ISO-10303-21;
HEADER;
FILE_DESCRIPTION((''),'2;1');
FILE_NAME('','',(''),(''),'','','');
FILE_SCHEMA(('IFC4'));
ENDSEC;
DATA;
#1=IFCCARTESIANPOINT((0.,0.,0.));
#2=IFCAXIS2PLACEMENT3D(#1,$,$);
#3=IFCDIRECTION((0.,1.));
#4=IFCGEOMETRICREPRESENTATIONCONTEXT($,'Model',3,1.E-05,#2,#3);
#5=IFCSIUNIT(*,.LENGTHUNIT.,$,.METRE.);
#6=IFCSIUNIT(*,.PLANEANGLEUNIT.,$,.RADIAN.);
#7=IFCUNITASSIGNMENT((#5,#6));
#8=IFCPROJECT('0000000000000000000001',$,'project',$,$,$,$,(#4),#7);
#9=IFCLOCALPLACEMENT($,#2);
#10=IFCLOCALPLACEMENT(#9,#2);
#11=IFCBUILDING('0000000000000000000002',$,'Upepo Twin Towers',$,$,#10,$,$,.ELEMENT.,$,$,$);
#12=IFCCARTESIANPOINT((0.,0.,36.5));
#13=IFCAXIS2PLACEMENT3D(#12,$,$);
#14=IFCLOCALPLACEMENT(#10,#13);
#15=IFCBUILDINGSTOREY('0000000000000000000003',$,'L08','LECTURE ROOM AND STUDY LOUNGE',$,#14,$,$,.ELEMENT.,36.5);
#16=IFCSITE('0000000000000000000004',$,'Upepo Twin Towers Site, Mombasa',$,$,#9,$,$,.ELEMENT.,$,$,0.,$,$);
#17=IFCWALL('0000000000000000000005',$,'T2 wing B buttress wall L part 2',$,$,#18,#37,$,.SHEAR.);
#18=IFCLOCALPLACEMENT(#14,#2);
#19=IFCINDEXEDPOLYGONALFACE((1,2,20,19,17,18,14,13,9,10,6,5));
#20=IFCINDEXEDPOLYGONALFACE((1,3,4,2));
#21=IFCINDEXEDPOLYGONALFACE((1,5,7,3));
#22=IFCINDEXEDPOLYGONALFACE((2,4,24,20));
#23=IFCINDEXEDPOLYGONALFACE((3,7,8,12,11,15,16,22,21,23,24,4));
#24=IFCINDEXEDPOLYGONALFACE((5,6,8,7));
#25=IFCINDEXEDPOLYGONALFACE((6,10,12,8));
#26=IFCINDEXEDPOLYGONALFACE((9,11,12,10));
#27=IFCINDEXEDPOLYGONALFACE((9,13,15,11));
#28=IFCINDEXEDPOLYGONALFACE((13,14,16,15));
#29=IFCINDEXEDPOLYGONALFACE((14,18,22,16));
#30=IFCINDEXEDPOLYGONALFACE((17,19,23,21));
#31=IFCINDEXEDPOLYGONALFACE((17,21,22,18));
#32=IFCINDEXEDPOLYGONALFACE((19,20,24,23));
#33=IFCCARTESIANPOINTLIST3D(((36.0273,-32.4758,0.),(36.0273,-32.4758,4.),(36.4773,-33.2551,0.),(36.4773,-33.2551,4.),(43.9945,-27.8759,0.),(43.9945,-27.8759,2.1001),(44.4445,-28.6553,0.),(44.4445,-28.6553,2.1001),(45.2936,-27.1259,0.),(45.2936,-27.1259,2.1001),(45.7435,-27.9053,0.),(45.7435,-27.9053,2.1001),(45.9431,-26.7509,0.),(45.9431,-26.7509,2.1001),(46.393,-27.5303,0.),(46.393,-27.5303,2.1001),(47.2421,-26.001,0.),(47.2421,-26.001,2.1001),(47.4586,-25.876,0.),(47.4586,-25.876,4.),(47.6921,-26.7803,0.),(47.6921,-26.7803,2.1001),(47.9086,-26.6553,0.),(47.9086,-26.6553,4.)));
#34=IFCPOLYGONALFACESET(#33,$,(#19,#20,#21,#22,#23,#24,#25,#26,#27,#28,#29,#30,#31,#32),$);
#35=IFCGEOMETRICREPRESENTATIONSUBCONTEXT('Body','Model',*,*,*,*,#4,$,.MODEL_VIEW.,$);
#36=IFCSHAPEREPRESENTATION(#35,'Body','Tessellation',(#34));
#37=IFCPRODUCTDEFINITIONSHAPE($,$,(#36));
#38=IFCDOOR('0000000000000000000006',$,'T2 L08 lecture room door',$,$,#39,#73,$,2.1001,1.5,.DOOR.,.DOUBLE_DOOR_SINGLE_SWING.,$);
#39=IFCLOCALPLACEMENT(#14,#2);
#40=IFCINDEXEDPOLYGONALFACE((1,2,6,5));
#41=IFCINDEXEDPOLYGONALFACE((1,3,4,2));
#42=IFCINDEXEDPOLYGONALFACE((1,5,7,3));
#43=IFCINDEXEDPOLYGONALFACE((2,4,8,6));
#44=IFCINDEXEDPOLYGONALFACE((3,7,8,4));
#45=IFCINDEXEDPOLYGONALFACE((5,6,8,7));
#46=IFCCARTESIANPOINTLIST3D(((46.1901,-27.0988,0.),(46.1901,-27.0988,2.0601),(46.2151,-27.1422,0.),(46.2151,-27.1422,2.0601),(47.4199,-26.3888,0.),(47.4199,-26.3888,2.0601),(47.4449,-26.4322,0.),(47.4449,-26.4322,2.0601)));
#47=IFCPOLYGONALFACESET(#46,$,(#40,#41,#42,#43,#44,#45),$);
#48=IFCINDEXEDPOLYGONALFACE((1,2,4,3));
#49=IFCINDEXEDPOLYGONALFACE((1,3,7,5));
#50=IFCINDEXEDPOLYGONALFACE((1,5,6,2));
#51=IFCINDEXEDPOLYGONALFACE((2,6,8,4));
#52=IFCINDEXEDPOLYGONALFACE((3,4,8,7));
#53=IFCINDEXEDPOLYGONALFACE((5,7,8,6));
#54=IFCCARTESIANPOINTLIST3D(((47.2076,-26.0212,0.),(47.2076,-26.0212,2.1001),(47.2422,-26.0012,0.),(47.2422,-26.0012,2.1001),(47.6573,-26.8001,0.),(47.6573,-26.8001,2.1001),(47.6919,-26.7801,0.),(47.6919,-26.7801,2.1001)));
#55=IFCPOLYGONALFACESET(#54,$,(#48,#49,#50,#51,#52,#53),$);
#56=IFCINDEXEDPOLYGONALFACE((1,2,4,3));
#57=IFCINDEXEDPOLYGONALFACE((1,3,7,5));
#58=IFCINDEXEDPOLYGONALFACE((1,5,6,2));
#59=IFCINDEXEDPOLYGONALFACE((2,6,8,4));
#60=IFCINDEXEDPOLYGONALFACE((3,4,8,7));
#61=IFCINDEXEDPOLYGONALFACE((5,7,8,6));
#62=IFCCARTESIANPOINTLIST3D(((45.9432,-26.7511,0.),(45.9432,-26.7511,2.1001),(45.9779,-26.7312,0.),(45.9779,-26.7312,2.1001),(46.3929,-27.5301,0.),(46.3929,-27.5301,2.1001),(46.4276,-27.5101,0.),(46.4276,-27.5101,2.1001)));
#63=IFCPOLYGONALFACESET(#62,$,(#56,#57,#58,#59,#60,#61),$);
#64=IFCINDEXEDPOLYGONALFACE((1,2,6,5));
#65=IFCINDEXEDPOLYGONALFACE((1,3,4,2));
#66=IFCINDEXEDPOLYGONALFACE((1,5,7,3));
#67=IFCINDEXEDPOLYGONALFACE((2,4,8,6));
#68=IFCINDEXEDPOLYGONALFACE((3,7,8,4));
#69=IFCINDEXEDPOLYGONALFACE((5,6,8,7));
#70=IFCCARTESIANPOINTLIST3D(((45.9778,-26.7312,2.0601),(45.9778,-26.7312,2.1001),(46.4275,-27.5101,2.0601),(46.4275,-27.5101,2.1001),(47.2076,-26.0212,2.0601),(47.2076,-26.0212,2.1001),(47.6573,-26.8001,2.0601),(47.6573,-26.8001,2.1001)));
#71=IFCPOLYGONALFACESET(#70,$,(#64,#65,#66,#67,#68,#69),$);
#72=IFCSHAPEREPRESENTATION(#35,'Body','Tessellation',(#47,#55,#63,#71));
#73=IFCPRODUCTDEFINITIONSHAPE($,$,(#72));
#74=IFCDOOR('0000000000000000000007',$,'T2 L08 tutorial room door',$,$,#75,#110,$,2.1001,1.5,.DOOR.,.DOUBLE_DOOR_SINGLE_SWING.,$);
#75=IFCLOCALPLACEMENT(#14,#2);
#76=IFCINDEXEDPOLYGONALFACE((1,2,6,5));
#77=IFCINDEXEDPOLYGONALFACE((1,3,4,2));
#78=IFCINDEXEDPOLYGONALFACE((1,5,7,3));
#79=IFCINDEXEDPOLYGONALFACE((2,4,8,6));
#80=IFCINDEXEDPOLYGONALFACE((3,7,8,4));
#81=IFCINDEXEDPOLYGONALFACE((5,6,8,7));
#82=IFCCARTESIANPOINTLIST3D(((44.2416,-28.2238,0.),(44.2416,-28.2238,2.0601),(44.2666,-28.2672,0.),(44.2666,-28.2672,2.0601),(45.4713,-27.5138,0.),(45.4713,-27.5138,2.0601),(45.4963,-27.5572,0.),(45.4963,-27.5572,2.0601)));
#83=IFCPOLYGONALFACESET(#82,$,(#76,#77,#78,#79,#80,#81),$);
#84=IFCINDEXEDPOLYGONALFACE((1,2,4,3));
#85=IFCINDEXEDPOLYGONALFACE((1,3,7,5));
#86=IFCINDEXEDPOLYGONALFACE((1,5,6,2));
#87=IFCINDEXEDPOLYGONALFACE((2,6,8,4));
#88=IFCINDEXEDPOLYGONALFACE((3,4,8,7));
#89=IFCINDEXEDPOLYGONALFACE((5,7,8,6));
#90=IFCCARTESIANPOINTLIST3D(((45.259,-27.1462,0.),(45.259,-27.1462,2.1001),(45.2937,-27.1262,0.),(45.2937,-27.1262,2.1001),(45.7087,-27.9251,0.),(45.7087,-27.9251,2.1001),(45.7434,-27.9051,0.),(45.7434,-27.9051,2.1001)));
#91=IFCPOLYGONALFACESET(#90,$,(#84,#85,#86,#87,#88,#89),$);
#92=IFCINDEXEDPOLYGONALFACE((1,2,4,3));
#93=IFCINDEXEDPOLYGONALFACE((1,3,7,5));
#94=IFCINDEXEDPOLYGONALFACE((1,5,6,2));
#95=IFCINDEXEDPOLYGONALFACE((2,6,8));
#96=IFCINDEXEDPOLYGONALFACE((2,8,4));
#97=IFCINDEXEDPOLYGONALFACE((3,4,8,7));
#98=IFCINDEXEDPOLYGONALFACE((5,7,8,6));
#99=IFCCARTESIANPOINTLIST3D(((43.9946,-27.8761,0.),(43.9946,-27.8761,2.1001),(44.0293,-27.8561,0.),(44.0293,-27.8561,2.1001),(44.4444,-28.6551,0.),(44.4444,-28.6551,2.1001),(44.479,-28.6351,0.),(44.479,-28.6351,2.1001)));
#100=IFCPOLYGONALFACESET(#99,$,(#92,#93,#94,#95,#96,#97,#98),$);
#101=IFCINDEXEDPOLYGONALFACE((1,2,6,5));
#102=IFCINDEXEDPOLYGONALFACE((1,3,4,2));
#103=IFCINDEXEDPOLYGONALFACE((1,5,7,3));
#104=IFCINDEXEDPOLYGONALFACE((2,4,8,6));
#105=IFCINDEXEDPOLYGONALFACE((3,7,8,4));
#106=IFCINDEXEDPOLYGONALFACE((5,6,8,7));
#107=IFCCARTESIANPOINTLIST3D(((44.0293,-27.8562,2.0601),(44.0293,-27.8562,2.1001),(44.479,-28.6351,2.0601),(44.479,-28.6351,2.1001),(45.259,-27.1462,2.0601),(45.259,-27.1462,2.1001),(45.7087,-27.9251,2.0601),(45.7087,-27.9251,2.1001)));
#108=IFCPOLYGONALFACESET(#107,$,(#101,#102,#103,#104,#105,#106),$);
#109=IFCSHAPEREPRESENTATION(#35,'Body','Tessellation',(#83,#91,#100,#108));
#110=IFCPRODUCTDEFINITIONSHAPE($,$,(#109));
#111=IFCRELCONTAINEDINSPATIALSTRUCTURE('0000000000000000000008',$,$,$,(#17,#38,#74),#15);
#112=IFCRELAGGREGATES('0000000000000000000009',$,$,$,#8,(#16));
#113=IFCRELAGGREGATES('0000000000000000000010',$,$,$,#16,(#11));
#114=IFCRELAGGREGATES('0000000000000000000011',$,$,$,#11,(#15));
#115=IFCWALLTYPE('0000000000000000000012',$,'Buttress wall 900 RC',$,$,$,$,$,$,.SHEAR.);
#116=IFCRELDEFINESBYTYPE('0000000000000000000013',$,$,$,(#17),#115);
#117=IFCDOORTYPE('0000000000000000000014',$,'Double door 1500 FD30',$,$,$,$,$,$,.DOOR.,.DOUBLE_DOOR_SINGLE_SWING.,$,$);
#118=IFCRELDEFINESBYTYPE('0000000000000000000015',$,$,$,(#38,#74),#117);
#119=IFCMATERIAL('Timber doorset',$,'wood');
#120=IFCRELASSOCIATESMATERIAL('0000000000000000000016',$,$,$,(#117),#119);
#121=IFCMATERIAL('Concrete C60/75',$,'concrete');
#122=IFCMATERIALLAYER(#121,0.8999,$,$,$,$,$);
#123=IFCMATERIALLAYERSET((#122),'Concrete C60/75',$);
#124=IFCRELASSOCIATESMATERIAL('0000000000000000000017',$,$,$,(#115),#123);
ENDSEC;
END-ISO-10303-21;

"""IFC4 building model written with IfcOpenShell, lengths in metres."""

from ifc_helpers import new_model, si_unit, direction, frame, frame_2d, origin, place, context, subcontext, project, spatial, rectangle, extrude, material, layer, layer_set, type_object, element, fill, save


model = new_model("IFC4")

# Units and contexts
model_context = context("Model", 3, precision=1e-05, world=origin(), true_north=direction((0.0, 1.0)))
body_context = subcontext(model_context, "Body", "Model", "MODEL_VIEW")
ifc_project = project(units=[si_unit("LENGTHUNIT", "METRE"), si_unit("PLANEANGLEUNIT", "RADIAN")], contexts=[model_context])

# Site, building, storey
site_placement = place(None, origin())
site = spatial("IfcSite", under=ifc_project, at=site_placement, Name="Upepo Twin Towers Site, Mombasa", CompositionType="ELEMENT", RefElevation=0.0)
building_placement = place(site_placement, origin())
building = spatial("IfcBuilding", under=site, at=building_placement, Name="Upepo Twin Towers", CompositionType="ELEMENT")
storey_placement = place(building_placement, frame((0.0, 0.0, 36.5)))
storey = spatial("IfcBuildingStorey", under=building, at=storey_placement, Name="L08", Description="LECTURE ROOM AND STUDY LOUNGE", CompositionType="ELEMENT", Elevation=36.5)

# Shared definitions
ifc_material_1 = material(Name="Timber doorset", Category="wood")
door_type_1 = type_object("IfcDoorType", Name="Double door 1500 FD30", OperationType="DOUBLE_DOOR_SINGLE_SWING", PredefinedType="DOOR", material=ifc_material_1)

# Wall, openings, doors
ifc_material_2 = material(Name="Concrete C60/75", Category="concrete")
ifc_layer_1 = layer(ifc_material_2, 0.8999)
ifc_layer_set_1 = layer_set([ifc_layer_1], Name="Concrete C60/75")
wall_type_1 = type_object("IfcWallType", Name="Buttress wall 900 RC", PredefinedType="SHEAR", material=ifc_layer_set_1)
wall_1_placement = place(storey_placement, frame((47.6836, -26.2656, 0.0), z_axis=(0.0, 0.0, 1.0), x_axis=(-0.866028, -0.499996, 0.0)))
wall_1 = element("IfcWall", 1, at=wall_1_placement, inside=storey, type_object=wall_type_1, Name="T2 wing B buttress wall L part 2", PredefinedType="SHEAR", context=body_context, shape_type="SweptSolid", body=[
    extrude(rectangle(XDim=13.1997, YDim=0.8999, at=frame_2d((6.5999, 0.0))), origin(), (0.0, 0.0, 1.0), 4.0),
])
opening_1_placement = place(wall_1_placement, frame((0.25, 0.0, 0.0)))
opening_1 = element("IfcOpeningElement", 2, at=opening_1_placement, cuts=wall_1, PredefinedType="OPENING", context=body_context, shape_type="SweptSolid", body=[
    extrude(rectangle(XDim=1.5, YDim=2.1001, at=frame_2d((0.75, 1.05))), frame((0.0, 0.46, 0.0), z_axis=(0.0, -1.0, 0.0), x_axis=(1.0, 0.0, 0.0)), (0.0, 0.0, 1.0), 0.9199),
])
opening_2_placement = place(wall_1_placement, frame((2.5, 0.0, 0.0)))
opening_2 = element("IfcOpeningElement", 3, at=opening_2_placement, cuts=wall_1, PredefinedType="OPENING", context=body_context, shape_type="SweptSolid", body=[
    extrude(rectangle(XDim=1.5, YDim=2.1001, at=frame_2d((0.75, 1.05))), frame((0.0, 0.46, 0.0), z_axis=(0.0, -1.0, 0.0), x_axis=(1.0, 0.0, 0.0)), (0.0, 0.0, 1.0), 0.9199),
])
door_1_placement = place(opening_1_placement, origin())
door_1 = element("IfcDoor", 4, at=door_1_placement, inside=storey, type_object=door_type_1, Name="T2 L08 lecture room door", OperationType="DOUBLE_DOOR_SINGLE_SWING", OverallHeight=2.1001, OverallWidth=1.5, PredefinedType="DOOR", context=body_context, shape_type="SweptSolid", body=[
    extrude(rectangle(XDim=1.42, YDim=2.0601, at=frame_2d((0.75, 1.03))), frame((0.0, 0.0249, 0.0), z_axis=(0.0, -1.0, 0.0), x_axis=(1.0, 0.0, 0.0)), (0.0, 0.0, 1.0), 0.05),
    extrude(rectangle(XDim=0.04, YDim=2.1001, at=frame_2d((0.02, 1.05))), frame((0.0, 0.4497, 0.0), z_axis=(0.0, -1.0, 0.0), x_axis=(1.0, 0.0, 0.0)), (0.0, 0.0, 1.0), 0.8994),
    extrude(rectangle(XDim=0.04, YDim=2.1001, at=frame_2d((1.48, 1.05))), frame((0.0, 0.4497, 0.0), z_axis=(0.0, -1.0, 0.0), x_axis=(1.0, 0.0, 0.0)), (0.0, 0.0, 1.0), 0.8994),
    extrude(rectangle(XDim=1.42, YDim=0.04, at=frame_2d((0.75, 2.0801))), frame((0.0, 0.4497, 0.0), z_axis=(0.0, -1.0, 0.0), x_axis=(1.0, 0.0, 0.0)), (0.0, 0.0, 1.0), 0.8994),
])
fill(opening_1, door_1)
door_2_placement = place(opening_2_placement, origin())
door_2 = element("IfcDoor", 5, at=door_2_placement, inside=storey, type_object=door_type_1, Name="T2 L08 tutorial room door", OperationType="DOUBLE_DOOR_SINGLE_SWING", OverallHeight=2.1001, OverallWidth=1.5, PredefinedType="DOOR", context=body_context, shape_type="SweptSolid", body=[
    extrude(rectangle(XDim=1.42, YDim=2.0601, at=frame_2d((0.75, 1.03))), frame((0.0, 0.0249, 0.0), z_axis=(0.0, -1.0, 0.0), x_axis=(1.0, 0.0, 0.0)), (0.0, 0.0, 1.0), 0.05),
    extrude(rectangle(XDim=0.04, YDim=2.1001, at=frame_2d((0.02, 1.05))), frame((0.0, 0.4497, 0.0), z_axis=(0.0, -1.0, 0.0), x_axis=(1.0, 0.0, 0.0)), (0.0, 0.0, 1.0), 0.8994),
    extrude(rectangle(XDim=0.04, YDim=2.1001, at=frame_2d((1.48, 1.05))), frame((0.0, 0.4497, 0.0), z_axis=(0.0, -1.0, 0.0), x_axis=(1.0, 0.0, 0.0)), (0.0, 0.0, 1.0), 0.8994),
    extrude(rectangle(XDim=1.42, YDim=0.04, at=frame_2d((0.75, 2.0801))), frame((0.0, 0.4497, 0.0), z_axis=(0.0, -1.0, 0.0), x_axis=(1.0, 0.0, 0.0)), (0.0, 0.0, 1.0), 0.8994),
])
fill(opening_2, door_2)

save(model, "model.ifc")
